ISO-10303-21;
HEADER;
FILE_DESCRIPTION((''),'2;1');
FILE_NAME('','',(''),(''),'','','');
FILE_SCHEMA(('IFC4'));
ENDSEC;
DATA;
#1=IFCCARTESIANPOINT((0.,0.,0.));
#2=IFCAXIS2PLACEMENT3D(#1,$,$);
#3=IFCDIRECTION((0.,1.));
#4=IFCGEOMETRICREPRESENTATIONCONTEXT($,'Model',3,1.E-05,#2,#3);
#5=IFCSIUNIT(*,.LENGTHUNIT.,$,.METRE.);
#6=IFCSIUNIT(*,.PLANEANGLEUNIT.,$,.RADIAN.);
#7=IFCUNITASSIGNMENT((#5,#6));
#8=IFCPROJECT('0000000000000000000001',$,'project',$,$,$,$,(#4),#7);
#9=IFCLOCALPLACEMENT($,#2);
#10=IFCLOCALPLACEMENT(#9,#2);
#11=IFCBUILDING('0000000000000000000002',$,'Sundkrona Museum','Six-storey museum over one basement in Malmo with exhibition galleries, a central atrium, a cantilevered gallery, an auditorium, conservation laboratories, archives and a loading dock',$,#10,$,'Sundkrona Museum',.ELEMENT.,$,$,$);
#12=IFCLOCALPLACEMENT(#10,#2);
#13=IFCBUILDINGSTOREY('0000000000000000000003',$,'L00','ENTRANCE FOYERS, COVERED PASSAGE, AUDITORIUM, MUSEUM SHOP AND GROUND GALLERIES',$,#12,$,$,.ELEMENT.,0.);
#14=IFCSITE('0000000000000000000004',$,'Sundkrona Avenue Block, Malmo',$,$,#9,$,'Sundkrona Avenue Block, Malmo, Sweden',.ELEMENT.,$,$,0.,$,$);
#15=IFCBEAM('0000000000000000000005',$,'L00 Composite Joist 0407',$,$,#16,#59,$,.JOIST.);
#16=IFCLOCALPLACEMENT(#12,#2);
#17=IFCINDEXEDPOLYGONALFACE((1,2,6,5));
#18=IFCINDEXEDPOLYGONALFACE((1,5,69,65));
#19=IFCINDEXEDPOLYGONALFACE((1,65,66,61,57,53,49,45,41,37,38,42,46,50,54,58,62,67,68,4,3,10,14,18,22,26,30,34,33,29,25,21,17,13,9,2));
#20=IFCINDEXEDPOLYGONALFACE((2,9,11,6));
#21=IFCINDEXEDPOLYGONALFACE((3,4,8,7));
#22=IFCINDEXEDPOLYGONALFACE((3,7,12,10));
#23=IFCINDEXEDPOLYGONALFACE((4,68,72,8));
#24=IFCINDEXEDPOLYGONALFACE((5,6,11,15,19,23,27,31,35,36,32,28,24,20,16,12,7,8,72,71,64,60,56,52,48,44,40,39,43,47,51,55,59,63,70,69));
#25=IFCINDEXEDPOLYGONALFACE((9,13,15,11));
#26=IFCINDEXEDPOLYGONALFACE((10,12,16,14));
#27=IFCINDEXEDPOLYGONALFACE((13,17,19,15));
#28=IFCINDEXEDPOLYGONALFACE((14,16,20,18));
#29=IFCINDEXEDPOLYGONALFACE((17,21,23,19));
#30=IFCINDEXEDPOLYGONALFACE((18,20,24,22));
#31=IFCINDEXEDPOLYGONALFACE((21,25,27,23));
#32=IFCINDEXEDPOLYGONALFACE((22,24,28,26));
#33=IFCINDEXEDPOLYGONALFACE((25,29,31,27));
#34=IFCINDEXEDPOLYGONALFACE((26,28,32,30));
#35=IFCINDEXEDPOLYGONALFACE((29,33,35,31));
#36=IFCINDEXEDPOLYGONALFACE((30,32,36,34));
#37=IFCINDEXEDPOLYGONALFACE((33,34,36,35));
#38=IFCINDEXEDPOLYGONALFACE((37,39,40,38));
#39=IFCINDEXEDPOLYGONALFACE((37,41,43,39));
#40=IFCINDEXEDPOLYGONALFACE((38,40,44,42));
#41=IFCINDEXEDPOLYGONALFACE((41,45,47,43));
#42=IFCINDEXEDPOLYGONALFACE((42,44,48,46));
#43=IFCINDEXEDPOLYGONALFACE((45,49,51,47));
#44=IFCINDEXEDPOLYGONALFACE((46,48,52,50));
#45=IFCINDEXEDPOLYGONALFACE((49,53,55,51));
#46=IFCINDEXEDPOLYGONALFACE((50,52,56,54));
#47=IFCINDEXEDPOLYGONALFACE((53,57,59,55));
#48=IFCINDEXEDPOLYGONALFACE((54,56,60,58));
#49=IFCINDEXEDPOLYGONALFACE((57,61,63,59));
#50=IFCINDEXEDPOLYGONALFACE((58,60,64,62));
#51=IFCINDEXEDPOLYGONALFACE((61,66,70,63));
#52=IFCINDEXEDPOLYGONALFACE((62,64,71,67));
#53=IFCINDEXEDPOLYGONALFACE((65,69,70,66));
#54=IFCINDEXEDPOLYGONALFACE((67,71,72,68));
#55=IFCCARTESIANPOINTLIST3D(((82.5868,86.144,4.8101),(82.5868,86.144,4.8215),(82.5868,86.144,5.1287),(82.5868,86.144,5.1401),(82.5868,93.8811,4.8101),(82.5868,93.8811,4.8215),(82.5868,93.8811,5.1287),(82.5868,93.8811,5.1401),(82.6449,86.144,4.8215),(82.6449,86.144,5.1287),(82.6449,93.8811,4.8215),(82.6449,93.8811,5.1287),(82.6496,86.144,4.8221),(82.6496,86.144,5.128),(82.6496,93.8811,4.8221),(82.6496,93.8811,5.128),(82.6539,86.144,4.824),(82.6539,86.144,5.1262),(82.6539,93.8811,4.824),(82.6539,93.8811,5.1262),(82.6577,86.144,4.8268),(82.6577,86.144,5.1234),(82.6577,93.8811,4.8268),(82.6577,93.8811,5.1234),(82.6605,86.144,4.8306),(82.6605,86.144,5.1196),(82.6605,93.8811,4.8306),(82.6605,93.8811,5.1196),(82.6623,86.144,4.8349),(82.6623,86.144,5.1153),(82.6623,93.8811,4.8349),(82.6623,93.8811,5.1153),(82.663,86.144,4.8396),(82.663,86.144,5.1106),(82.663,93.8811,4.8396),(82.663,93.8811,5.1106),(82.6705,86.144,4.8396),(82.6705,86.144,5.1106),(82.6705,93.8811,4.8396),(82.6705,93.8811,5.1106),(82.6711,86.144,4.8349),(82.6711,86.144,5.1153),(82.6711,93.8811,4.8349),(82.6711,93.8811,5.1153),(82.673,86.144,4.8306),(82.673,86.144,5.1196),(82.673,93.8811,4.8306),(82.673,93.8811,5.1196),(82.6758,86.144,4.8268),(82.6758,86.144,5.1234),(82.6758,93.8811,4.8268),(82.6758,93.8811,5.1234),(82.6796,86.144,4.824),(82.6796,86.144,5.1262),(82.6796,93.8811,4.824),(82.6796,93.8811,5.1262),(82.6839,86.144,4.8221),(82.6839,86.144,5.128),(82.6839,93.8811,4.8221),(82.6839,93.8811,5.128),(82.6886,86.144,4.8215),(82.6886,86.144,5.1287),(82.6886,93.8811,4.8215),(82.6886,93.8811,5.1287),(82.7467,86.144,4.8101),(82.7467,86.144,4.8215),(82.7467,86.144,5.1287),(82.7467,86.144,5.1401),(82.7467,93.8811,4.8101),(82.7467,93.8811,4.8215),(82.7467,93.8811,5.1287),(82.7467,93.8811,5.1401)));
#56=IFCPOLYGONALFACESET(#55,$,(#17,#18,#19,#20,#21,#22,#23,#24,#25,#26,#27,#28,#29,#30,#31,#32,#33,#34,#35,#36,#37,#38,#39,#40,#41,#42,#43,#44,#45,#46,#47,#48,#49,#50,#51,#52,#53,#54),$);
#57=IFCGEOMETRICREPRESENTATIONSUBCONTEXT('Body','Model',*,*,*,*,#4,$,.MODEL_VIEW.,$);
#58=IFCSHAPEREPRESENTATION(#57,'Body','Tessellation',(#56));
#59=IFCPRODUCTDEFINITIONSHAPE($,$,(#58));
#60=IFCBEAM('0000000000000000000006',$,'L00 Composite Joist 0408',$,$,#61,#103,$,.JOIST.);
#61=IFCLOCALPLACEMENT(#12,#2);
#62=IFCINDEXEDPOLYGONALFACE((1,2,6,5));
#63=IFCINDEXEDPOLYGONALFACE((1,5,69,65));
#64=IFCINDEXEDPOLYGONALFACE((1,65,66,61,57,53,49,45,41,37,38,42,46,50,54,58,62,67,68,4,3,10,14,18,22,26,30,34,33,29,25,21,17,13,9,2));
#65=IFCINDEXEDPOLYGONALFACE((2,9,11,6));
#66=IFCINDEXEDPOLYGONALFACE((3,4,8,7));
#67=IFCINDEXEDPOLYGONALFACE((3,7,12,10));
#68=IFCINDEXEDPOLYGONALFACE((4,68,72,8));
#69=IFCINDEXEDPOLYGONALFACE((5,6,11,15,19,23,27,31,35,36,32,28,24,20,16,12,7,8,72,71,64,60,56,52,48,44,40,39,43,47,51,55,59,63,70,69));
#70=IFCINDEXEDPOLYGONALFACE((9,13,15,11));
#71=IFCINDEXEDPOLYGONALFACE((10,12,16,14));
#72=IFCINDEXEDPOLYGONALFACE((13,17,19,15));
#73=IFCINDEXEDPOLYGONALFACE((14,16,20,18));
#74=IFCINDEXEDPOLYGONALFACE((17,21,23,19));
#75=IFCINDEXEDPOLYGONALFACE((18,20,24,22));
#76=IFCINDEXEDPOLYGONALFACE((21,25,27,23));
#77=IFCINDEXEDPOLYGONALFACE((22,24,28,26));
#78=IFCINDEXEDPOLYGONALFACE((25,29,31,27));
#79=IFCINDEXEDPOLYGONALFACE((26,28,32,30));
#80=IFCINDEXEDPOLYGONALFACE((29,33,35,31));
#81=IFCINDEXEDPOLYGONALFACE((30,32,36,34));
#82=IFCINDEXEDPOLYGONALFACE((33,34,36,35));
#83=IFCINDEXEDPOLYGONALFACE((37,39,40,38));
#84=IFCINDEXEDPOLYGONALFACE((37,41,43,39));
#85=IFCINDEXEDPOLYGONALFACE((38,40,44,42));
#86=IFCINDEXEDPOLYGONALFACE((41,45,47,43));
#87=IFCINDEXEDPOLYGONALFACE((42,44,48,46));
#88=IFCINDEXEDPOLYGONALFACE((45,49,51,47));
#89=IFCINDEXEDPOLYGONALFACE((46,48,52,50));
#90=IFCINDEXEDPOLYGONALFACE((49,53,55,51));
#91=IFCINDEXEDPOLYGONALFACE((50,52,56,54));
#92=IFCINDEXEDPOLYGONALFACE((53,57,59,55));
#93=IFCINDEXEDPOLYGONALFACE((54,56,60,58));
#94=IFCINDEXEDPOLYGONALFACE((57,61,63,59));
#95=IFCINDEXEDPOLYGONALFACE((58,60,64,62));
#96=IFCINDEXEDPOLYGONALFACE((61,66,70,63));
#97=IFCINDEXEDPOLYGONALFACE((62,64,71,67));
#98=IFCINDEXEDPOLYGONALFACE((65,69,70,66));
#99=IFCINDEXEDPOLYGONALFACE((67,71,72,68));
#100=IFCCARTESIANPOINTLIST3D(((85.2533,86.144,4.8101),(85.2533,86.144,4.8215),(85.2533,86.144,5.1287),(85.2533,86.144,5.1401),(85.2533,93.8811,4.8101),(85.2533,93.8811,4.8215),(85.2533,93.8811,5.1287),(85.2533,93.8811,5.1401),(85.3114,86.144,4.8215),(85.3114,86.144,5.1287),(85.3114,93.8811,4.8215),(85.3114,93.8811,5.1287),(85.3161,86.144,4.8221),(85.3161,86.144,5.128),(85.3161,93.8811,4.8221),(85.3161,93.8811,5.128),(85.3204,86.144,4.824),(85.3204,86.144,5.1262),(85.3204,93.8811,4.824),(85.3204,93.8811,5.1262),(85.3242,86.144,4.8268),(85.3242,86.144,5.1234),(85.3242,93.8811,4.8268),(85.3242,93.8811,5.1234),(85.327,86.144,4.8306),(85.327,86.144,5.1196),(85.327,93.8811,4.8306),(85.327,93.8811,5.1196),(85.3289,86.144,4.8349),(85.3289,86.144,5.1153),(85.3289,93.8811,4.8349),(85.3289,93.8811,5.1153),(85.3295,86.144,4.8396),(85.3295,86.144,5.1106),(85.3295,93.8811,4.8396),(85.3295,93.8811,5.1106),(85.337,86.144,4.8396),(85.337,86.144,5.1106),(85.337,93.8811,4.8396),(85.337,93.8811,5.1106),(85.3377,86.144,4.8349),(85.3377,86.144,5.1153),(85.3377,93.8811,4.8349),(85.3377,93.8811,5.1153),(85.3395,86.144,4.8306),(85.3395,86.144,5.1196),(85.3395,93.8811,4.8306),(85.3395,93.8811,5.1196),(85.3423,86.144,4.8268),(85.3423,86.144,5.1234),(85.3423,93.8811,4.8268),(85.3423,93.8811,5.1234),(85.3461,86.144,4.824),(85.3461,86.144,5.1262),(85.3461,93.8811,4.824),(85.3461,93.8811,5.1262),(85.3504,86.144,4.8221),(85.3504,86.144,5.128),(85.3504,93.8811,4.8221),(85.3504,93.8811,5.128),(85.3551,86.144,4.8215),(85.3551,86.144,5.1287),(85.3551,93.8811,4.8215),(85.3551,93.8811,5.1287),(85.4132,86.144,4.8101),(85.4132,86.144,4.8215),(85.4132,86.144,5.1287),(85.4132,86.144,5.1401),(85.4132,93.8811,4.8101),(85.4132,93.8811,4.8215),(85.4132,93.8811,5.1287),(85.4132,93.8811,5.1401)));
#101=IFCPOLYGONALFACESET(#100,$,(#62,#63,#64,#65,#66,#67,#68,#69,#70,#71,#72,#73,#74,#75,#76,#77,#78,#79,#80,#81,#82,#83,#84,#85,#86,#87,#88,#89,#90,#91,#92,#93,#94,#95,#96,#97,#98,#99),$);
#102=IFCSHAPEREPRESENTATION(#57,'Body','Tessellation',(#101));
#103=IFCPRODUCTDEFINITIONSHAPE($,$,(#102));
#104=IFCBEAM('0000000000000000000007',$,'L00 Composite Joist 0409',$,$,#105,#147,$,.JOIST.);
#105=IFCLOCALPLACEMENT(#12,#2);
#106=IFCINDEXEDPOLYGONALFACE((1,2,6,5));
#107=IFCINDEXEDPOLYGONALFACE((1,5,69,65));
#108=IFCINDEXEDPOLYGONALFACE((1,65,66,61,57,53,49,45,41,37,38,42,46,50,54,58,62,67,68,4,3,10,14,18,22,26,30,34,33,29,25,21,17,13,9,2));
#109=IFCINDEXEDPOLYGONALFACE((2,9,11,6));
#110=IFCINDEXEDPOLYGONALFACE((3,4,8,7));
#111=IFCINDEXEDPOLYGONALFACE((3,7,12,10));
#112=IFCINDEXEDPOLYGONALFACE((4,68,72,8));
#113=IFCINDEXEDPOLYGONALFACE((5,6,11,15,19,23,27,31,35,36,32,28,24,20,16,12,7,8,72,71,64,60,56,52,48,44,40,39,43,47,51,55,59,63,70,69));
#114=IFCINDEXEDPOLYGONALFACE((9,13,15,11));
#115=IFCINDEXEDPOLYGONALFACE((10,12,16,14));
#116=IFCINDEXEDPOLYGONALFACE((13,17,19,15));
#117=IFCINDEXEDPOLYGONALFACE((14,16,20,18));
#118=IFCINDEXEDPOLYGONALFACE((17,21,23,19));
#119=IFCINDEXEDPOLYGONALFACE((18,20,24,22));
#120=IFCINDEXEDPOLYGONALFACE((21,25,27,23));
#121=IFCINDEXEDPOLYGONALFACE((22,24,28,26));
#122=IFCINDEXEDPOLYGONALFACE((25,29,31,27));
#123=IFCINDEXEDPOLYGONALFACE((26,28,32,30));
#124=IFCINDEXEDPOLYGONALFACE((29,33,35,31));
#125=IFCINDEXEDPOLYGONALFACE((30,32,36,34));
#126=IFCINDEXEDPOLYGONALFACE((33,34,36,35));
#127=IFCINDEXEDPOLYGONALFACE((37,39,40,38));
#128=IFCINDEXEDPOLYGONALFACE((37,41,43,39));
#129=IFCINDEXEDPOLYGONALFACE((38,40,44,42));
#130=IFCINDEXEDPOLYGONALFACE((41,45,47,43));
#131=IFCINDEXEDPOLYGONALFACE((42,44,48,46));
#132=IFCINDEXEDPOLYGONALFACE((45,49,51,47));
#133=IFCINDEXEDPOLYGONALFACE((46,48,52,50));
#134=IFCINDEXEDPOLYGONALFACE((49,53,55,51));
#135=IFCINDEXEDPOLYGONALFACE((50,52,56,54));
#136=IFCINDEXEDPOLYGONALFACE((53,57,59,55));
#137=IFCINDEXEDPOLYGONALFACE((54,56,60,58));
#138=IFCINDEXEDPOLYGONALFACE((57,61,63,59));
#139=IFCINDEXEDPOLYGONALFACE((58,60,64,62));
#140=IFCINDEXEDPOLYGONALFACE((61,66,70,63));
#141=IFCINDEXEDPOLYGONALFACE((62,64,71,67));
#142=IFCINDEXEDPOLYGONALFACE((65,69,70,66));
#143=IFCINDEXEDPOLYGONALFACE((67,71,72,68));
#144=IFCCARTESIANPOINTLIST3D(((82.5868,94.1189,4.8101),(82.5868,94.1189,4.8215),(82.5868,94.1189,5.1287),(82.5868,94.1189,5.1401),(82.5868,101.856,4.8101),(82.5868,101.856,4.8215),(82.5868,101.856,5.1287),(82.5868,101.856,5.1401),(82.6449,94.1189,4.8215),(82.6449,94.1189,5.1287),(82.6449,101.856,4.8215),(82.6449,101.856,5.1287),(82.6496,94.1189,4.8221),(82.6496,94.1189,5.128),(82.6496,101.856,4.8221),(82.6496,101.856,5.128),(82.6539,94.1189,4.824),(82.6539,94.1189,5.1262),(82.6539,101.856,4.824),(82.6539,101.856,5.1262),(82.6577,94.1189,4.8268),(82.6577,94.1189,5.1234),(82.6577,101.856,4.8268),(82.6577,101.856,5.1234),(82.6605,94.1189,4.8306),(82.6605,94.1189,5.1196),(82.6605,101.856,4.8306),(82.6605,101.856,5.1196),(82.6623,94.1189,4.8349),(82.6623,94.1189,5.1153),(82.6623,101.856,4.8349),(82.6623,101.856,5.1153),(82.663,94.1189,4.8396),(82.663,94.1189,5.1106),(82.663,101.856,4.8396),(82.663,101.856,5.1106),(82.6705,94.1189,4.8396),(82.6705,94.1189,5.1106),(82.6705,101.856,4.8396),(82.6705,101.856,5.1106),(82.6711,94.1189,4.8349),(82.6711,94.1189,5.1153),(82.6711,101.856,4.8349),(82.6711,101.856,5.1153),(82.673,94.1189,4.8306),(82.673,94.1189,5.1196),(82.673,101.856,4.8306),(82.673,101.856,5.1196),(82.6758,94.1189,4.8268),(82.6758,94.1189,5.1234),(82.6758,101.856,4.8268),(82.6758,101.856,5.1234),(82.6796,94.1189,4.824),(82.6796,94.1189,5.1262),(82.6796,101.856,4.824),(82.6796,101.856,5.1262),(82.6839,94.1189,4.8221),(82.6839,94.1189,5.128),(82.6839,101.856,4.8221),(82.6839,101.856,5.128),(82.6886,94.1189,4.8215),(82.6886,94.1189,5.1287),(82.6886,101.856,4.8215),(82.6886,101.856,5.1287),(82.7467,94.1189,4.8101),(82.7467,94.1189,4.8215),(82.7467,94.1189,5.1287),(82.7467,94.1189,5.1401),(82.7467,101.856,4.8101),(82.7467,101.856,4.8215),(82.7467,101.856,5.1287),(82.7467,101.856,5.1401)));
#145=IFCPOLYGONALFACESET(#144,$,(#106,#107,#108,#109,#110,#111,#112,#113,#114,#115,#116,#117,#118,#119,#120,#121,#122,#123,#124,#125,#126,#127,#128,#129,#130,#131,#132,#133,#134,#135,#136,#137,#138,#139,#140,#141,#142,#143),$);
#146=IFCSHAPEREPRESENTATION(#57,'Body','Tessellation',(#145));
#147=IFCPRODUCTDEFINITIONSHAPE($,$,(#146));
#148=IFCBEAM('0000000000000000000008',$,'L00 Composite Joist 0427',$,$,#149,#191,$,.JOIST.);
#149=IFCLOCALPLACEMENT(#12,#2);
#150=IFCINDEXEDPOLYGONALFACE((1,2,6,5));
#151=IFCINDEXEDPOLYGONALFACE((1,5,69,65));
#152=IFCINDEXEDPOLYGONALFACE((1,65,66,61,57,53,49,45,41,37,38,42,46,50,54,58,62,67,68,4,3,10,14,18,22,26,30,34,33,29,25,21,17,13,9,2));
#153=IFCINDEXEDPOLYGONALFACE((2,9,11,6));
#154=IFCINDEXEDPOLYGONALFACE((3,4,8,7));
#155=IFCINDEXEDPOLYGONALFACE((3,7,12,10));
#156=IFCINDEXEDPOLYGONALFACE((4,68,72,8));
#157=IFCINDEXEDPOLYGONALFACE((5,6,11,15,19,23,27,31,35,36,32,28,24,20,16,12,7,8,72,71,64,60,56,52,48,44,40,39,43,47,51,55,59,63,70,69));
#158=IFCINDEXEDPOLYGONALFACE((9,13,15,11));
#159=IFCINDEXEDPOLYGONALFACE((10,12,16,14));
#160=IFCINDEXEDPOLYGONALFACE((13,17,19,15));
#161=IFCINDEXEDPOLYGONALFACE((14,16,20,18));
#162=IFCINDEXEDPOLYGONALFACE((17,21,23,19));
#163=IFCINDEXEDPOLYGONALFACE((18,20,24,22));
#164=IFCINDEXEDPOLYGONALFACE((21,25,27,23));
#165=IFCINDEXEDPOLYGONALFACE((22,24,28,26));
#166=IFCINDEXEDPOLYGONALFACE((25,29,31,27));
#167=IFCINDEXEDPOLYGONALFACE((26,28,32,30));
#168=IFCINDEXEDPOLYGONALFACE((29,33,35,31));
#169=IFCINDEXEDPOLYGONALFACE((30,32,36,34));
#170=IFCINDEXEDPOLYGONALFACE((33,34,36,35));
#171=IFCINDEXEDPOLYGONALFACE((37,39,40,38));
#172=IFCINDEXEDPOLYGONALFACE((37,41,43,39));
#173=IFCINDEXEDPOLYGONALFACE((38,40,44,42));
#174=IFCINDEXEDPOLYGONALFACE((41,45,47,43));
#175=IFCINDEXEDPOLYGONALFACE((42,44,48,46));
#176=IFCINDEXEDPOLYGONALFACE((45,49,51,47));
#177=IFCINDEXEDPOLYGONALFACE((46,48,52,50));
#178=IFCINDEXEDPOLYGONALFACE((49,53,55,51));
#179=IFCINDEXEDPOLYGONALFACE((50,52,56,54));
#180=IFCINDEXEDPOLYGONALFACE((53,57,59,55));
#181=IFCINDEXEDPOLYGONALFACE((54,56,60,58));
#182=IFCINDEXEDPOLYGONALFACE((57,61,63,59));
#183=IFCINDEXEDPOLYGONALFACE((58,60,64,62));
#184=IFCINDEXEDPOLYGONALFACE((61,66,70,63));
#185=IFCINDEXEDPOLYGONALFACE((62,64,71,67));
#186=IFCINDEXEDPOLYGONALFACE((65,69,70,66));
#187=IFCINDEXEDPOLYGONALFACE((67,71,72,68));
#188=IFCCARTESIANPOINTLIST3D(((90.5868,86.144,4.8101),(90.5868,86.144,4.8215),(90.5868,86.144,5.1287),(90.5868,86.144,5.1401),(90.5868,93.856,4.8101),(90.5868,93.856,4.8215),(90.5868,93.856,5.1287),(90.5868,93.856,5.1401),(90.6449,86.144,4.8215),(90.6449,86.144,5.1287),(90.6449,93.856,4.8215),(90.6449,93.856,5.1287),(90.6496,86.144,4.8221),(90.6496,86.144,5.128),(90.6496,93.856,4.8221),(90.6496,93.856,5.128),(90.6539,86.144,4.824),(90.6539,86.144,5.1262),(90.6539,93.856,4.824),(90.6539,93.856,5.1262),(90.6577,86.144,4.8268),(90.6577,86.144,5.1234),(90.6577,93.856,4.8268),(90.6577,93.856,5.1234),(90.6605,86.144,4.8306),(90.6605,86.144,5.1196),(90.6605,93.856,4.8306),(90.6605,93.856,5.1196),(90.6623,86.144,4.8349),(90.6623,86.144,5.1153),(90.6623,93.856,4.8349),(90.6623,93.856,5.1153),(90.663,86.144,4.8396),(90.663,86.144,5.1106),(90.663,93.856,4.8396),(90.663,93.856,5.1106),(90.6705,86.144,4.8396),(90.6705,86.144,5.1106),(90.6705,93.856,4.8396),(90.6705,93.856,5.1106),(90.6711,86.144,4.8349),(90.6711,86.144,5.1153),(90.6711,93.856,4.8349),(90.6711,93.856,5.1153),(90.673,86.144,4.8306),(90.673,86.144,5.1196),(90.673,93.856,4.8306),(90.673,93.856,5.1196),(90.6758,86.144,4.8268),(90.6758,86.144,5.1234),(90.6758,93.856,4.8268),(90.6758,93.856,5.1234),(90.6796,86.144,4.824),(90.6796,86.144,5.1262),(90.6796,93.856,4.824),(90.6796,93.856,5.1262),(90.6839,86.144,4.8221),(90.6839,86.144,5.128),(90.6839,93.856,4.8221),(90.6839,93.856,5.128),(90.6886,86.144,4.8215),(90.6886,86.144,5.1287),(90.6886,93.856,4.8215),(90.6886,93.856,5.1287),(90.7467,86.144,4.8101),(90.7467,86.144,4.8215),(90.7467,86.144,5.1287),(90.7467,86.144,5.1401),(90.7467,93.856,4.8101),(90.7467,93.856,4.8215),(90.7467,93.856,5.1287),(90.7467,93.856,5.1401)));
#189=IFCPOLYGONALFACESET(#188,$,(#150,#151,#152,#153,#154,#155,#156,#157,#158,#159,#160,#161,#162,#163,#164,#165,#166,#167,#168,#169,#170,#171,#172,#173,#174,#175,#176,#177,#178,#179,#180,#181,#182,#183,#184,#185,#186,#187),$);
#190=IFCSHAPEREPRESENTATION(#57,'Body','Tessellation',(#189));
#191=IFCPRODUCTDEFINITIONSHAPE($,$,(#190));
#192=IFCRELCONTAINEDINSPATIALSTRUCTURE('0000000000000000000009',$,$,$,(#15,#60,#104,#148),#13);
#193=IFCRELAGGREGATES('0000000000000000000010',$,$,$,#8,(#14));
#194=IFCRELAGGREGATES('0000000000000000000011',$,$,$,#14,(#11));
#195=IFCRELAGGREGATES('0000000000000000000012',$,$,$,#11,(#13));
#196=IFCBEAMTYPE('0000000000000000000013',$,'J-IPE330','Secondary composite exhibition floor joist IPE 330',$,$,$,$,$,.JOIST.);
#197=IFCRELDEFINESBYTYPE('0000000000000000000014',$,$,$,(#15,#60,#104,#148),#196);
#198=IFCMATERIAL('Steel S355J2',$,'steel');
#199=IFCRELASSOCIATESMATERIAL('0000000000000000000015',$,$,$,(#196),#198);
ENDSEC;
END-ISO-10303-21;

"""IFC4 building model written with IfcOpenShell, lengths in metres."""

from ifc_helpers import new_model, si_unit, direction, frame, origin, origin_2d, place, context, subcontext, project, spatial, i_section, extrude, material, material_profile, profile_set, type_object, element, save


model = new_model("IFC4")

# Units and contexts
model_context = context("Model", 3, precision=1e-05, world=origin(), true_north=direction((0.0, 1.0)))
body_context = subcontext(model_context, "Body", "Model", "MODEL_VIEW")
ifc_project = project(units=[si_unit("LENGTHUNIT", "METRE"), si_unit("PLANEANGLEUNIT", "RADIAN")], contexts=[model_context])

# Site, building, storey
site_placement = place(None, origin())
site = spatial("IfcSite", under=ifc_project, at=site_placement, Name="Sundkrona Avenue Block, Malmo", LongName="Sundkrona Avenue Block, Malmo, Sweden", CompositionType="ELEMENT", RefElevation=0.0)
building_placement = place(site_placement, origin())
building = spatial("IfcBuilding", under=site, at=building_placement, Name="Sundkrona Museum", Description="Six-storey museum over one basement in Malmo with exhibition galleries, a central atrium, a cantilevered gallery, an auditorium, conservation laboratories, archives and a loading dock", LongName="Sundkrona Museum", CompositionType="ELEMENT")
storey_placement = place(building_placement, origin())
storey = spatial("IfcBuildingStorey", under=building, at=storey_placement, Name="L00", Description="ENTRANCE FOYERS, COVERED PASSAGE, AUDITORIUM, MUSEUM SHOP AND GROUND GALLERIES", CompositionType="ELEMENT", Elevation=0.0)

# Shared definitions
ifc_material_1 = material(Name="Steel S355J2", Category="steel")

# Beams
ifc_material_profile_1 = material_profile(ifc_material_1, i_section(OverallWidth=0.1599, OverallDepth=0.3301, WebThickness=0.0076, FlangeThickness=0.0115, FilletRadius=0.0181, at=origin_2d()), Name="IPE 330")
ifc_profile_set_1 = profile_set([ifc_material_profile_1], Name="Steel S355J2")
beam_type_1 = type_object("IfcBeamType", Name="J-IPE330", Description="Secondary composite exhibition floor joist IPE 330", PredefinedType="JOIST", material=ifc_profile_set_1)
for number, where, z_axis, x_axis, name in (
    (1, (82.6667, 86.144, 4.9751), (0.0, 1.0, 0.0), (-1.0, 0.0, 0.0), "L00 Composite Joist 0407"),
    (2, (85.3333, 86.144, 4.9751), (0.0, 1.0, 0.0), (-1.0, 0.0, 0.0), "L00 Composite Joist 0408"),
    (3, (82.6667, 94.1189, 4.9751), (0.0, 1.0, 0.0), (-1.0, 0.0, 0.0), "L00 Composite Joist 0409"),
):
    element("IfcBeam", number, at=place(storey_placement, frame(where, z_axis=z_axis, x_axis=x_axis)), inside=storey, type_object=beam_type_1, Name=name, PredefinedType="JOIST", context=body_context, shape_type="SweptSolid", body=[
        extrude(i_section(OverallWidth=0.1599, OverallDepth=0.3301, WebThickness=0.0076, FlangeThickness=0.0115, FilletRadius=0.0181, at=origin_2d()), origin(), (0.0, 0.0, 1.0), 7.7371),
    ])
for number, where, z_axis, x_axis, name in (
    (4, (90.6667, 86.144, 4.9751), (0.0, 1.0, 0.0), (-1.0, 0.0, 0.0), "L00 Composite Joist 0427"),
):
    element("IfcBeam", number, at=place(storey_placement, frame(where, z_axis=z_axis, x_axis=x_axis)), inside=storey, type_object=beam_type_1, Name=name, PredefinedType="JOIST", context=body_context, shape_type="SweptSolid", body=[
        extrude(i_section(OverallWidth=0.1599, OverallDepth=0.3301, WebThickness=0.0076, FlangeThickness=0.0115, FilletRadius=0.0181, at=origin_2d()), origin(), (0.0, 0.0, 1.0), 7.7119),
    ])

save(model, "model.ifc")
